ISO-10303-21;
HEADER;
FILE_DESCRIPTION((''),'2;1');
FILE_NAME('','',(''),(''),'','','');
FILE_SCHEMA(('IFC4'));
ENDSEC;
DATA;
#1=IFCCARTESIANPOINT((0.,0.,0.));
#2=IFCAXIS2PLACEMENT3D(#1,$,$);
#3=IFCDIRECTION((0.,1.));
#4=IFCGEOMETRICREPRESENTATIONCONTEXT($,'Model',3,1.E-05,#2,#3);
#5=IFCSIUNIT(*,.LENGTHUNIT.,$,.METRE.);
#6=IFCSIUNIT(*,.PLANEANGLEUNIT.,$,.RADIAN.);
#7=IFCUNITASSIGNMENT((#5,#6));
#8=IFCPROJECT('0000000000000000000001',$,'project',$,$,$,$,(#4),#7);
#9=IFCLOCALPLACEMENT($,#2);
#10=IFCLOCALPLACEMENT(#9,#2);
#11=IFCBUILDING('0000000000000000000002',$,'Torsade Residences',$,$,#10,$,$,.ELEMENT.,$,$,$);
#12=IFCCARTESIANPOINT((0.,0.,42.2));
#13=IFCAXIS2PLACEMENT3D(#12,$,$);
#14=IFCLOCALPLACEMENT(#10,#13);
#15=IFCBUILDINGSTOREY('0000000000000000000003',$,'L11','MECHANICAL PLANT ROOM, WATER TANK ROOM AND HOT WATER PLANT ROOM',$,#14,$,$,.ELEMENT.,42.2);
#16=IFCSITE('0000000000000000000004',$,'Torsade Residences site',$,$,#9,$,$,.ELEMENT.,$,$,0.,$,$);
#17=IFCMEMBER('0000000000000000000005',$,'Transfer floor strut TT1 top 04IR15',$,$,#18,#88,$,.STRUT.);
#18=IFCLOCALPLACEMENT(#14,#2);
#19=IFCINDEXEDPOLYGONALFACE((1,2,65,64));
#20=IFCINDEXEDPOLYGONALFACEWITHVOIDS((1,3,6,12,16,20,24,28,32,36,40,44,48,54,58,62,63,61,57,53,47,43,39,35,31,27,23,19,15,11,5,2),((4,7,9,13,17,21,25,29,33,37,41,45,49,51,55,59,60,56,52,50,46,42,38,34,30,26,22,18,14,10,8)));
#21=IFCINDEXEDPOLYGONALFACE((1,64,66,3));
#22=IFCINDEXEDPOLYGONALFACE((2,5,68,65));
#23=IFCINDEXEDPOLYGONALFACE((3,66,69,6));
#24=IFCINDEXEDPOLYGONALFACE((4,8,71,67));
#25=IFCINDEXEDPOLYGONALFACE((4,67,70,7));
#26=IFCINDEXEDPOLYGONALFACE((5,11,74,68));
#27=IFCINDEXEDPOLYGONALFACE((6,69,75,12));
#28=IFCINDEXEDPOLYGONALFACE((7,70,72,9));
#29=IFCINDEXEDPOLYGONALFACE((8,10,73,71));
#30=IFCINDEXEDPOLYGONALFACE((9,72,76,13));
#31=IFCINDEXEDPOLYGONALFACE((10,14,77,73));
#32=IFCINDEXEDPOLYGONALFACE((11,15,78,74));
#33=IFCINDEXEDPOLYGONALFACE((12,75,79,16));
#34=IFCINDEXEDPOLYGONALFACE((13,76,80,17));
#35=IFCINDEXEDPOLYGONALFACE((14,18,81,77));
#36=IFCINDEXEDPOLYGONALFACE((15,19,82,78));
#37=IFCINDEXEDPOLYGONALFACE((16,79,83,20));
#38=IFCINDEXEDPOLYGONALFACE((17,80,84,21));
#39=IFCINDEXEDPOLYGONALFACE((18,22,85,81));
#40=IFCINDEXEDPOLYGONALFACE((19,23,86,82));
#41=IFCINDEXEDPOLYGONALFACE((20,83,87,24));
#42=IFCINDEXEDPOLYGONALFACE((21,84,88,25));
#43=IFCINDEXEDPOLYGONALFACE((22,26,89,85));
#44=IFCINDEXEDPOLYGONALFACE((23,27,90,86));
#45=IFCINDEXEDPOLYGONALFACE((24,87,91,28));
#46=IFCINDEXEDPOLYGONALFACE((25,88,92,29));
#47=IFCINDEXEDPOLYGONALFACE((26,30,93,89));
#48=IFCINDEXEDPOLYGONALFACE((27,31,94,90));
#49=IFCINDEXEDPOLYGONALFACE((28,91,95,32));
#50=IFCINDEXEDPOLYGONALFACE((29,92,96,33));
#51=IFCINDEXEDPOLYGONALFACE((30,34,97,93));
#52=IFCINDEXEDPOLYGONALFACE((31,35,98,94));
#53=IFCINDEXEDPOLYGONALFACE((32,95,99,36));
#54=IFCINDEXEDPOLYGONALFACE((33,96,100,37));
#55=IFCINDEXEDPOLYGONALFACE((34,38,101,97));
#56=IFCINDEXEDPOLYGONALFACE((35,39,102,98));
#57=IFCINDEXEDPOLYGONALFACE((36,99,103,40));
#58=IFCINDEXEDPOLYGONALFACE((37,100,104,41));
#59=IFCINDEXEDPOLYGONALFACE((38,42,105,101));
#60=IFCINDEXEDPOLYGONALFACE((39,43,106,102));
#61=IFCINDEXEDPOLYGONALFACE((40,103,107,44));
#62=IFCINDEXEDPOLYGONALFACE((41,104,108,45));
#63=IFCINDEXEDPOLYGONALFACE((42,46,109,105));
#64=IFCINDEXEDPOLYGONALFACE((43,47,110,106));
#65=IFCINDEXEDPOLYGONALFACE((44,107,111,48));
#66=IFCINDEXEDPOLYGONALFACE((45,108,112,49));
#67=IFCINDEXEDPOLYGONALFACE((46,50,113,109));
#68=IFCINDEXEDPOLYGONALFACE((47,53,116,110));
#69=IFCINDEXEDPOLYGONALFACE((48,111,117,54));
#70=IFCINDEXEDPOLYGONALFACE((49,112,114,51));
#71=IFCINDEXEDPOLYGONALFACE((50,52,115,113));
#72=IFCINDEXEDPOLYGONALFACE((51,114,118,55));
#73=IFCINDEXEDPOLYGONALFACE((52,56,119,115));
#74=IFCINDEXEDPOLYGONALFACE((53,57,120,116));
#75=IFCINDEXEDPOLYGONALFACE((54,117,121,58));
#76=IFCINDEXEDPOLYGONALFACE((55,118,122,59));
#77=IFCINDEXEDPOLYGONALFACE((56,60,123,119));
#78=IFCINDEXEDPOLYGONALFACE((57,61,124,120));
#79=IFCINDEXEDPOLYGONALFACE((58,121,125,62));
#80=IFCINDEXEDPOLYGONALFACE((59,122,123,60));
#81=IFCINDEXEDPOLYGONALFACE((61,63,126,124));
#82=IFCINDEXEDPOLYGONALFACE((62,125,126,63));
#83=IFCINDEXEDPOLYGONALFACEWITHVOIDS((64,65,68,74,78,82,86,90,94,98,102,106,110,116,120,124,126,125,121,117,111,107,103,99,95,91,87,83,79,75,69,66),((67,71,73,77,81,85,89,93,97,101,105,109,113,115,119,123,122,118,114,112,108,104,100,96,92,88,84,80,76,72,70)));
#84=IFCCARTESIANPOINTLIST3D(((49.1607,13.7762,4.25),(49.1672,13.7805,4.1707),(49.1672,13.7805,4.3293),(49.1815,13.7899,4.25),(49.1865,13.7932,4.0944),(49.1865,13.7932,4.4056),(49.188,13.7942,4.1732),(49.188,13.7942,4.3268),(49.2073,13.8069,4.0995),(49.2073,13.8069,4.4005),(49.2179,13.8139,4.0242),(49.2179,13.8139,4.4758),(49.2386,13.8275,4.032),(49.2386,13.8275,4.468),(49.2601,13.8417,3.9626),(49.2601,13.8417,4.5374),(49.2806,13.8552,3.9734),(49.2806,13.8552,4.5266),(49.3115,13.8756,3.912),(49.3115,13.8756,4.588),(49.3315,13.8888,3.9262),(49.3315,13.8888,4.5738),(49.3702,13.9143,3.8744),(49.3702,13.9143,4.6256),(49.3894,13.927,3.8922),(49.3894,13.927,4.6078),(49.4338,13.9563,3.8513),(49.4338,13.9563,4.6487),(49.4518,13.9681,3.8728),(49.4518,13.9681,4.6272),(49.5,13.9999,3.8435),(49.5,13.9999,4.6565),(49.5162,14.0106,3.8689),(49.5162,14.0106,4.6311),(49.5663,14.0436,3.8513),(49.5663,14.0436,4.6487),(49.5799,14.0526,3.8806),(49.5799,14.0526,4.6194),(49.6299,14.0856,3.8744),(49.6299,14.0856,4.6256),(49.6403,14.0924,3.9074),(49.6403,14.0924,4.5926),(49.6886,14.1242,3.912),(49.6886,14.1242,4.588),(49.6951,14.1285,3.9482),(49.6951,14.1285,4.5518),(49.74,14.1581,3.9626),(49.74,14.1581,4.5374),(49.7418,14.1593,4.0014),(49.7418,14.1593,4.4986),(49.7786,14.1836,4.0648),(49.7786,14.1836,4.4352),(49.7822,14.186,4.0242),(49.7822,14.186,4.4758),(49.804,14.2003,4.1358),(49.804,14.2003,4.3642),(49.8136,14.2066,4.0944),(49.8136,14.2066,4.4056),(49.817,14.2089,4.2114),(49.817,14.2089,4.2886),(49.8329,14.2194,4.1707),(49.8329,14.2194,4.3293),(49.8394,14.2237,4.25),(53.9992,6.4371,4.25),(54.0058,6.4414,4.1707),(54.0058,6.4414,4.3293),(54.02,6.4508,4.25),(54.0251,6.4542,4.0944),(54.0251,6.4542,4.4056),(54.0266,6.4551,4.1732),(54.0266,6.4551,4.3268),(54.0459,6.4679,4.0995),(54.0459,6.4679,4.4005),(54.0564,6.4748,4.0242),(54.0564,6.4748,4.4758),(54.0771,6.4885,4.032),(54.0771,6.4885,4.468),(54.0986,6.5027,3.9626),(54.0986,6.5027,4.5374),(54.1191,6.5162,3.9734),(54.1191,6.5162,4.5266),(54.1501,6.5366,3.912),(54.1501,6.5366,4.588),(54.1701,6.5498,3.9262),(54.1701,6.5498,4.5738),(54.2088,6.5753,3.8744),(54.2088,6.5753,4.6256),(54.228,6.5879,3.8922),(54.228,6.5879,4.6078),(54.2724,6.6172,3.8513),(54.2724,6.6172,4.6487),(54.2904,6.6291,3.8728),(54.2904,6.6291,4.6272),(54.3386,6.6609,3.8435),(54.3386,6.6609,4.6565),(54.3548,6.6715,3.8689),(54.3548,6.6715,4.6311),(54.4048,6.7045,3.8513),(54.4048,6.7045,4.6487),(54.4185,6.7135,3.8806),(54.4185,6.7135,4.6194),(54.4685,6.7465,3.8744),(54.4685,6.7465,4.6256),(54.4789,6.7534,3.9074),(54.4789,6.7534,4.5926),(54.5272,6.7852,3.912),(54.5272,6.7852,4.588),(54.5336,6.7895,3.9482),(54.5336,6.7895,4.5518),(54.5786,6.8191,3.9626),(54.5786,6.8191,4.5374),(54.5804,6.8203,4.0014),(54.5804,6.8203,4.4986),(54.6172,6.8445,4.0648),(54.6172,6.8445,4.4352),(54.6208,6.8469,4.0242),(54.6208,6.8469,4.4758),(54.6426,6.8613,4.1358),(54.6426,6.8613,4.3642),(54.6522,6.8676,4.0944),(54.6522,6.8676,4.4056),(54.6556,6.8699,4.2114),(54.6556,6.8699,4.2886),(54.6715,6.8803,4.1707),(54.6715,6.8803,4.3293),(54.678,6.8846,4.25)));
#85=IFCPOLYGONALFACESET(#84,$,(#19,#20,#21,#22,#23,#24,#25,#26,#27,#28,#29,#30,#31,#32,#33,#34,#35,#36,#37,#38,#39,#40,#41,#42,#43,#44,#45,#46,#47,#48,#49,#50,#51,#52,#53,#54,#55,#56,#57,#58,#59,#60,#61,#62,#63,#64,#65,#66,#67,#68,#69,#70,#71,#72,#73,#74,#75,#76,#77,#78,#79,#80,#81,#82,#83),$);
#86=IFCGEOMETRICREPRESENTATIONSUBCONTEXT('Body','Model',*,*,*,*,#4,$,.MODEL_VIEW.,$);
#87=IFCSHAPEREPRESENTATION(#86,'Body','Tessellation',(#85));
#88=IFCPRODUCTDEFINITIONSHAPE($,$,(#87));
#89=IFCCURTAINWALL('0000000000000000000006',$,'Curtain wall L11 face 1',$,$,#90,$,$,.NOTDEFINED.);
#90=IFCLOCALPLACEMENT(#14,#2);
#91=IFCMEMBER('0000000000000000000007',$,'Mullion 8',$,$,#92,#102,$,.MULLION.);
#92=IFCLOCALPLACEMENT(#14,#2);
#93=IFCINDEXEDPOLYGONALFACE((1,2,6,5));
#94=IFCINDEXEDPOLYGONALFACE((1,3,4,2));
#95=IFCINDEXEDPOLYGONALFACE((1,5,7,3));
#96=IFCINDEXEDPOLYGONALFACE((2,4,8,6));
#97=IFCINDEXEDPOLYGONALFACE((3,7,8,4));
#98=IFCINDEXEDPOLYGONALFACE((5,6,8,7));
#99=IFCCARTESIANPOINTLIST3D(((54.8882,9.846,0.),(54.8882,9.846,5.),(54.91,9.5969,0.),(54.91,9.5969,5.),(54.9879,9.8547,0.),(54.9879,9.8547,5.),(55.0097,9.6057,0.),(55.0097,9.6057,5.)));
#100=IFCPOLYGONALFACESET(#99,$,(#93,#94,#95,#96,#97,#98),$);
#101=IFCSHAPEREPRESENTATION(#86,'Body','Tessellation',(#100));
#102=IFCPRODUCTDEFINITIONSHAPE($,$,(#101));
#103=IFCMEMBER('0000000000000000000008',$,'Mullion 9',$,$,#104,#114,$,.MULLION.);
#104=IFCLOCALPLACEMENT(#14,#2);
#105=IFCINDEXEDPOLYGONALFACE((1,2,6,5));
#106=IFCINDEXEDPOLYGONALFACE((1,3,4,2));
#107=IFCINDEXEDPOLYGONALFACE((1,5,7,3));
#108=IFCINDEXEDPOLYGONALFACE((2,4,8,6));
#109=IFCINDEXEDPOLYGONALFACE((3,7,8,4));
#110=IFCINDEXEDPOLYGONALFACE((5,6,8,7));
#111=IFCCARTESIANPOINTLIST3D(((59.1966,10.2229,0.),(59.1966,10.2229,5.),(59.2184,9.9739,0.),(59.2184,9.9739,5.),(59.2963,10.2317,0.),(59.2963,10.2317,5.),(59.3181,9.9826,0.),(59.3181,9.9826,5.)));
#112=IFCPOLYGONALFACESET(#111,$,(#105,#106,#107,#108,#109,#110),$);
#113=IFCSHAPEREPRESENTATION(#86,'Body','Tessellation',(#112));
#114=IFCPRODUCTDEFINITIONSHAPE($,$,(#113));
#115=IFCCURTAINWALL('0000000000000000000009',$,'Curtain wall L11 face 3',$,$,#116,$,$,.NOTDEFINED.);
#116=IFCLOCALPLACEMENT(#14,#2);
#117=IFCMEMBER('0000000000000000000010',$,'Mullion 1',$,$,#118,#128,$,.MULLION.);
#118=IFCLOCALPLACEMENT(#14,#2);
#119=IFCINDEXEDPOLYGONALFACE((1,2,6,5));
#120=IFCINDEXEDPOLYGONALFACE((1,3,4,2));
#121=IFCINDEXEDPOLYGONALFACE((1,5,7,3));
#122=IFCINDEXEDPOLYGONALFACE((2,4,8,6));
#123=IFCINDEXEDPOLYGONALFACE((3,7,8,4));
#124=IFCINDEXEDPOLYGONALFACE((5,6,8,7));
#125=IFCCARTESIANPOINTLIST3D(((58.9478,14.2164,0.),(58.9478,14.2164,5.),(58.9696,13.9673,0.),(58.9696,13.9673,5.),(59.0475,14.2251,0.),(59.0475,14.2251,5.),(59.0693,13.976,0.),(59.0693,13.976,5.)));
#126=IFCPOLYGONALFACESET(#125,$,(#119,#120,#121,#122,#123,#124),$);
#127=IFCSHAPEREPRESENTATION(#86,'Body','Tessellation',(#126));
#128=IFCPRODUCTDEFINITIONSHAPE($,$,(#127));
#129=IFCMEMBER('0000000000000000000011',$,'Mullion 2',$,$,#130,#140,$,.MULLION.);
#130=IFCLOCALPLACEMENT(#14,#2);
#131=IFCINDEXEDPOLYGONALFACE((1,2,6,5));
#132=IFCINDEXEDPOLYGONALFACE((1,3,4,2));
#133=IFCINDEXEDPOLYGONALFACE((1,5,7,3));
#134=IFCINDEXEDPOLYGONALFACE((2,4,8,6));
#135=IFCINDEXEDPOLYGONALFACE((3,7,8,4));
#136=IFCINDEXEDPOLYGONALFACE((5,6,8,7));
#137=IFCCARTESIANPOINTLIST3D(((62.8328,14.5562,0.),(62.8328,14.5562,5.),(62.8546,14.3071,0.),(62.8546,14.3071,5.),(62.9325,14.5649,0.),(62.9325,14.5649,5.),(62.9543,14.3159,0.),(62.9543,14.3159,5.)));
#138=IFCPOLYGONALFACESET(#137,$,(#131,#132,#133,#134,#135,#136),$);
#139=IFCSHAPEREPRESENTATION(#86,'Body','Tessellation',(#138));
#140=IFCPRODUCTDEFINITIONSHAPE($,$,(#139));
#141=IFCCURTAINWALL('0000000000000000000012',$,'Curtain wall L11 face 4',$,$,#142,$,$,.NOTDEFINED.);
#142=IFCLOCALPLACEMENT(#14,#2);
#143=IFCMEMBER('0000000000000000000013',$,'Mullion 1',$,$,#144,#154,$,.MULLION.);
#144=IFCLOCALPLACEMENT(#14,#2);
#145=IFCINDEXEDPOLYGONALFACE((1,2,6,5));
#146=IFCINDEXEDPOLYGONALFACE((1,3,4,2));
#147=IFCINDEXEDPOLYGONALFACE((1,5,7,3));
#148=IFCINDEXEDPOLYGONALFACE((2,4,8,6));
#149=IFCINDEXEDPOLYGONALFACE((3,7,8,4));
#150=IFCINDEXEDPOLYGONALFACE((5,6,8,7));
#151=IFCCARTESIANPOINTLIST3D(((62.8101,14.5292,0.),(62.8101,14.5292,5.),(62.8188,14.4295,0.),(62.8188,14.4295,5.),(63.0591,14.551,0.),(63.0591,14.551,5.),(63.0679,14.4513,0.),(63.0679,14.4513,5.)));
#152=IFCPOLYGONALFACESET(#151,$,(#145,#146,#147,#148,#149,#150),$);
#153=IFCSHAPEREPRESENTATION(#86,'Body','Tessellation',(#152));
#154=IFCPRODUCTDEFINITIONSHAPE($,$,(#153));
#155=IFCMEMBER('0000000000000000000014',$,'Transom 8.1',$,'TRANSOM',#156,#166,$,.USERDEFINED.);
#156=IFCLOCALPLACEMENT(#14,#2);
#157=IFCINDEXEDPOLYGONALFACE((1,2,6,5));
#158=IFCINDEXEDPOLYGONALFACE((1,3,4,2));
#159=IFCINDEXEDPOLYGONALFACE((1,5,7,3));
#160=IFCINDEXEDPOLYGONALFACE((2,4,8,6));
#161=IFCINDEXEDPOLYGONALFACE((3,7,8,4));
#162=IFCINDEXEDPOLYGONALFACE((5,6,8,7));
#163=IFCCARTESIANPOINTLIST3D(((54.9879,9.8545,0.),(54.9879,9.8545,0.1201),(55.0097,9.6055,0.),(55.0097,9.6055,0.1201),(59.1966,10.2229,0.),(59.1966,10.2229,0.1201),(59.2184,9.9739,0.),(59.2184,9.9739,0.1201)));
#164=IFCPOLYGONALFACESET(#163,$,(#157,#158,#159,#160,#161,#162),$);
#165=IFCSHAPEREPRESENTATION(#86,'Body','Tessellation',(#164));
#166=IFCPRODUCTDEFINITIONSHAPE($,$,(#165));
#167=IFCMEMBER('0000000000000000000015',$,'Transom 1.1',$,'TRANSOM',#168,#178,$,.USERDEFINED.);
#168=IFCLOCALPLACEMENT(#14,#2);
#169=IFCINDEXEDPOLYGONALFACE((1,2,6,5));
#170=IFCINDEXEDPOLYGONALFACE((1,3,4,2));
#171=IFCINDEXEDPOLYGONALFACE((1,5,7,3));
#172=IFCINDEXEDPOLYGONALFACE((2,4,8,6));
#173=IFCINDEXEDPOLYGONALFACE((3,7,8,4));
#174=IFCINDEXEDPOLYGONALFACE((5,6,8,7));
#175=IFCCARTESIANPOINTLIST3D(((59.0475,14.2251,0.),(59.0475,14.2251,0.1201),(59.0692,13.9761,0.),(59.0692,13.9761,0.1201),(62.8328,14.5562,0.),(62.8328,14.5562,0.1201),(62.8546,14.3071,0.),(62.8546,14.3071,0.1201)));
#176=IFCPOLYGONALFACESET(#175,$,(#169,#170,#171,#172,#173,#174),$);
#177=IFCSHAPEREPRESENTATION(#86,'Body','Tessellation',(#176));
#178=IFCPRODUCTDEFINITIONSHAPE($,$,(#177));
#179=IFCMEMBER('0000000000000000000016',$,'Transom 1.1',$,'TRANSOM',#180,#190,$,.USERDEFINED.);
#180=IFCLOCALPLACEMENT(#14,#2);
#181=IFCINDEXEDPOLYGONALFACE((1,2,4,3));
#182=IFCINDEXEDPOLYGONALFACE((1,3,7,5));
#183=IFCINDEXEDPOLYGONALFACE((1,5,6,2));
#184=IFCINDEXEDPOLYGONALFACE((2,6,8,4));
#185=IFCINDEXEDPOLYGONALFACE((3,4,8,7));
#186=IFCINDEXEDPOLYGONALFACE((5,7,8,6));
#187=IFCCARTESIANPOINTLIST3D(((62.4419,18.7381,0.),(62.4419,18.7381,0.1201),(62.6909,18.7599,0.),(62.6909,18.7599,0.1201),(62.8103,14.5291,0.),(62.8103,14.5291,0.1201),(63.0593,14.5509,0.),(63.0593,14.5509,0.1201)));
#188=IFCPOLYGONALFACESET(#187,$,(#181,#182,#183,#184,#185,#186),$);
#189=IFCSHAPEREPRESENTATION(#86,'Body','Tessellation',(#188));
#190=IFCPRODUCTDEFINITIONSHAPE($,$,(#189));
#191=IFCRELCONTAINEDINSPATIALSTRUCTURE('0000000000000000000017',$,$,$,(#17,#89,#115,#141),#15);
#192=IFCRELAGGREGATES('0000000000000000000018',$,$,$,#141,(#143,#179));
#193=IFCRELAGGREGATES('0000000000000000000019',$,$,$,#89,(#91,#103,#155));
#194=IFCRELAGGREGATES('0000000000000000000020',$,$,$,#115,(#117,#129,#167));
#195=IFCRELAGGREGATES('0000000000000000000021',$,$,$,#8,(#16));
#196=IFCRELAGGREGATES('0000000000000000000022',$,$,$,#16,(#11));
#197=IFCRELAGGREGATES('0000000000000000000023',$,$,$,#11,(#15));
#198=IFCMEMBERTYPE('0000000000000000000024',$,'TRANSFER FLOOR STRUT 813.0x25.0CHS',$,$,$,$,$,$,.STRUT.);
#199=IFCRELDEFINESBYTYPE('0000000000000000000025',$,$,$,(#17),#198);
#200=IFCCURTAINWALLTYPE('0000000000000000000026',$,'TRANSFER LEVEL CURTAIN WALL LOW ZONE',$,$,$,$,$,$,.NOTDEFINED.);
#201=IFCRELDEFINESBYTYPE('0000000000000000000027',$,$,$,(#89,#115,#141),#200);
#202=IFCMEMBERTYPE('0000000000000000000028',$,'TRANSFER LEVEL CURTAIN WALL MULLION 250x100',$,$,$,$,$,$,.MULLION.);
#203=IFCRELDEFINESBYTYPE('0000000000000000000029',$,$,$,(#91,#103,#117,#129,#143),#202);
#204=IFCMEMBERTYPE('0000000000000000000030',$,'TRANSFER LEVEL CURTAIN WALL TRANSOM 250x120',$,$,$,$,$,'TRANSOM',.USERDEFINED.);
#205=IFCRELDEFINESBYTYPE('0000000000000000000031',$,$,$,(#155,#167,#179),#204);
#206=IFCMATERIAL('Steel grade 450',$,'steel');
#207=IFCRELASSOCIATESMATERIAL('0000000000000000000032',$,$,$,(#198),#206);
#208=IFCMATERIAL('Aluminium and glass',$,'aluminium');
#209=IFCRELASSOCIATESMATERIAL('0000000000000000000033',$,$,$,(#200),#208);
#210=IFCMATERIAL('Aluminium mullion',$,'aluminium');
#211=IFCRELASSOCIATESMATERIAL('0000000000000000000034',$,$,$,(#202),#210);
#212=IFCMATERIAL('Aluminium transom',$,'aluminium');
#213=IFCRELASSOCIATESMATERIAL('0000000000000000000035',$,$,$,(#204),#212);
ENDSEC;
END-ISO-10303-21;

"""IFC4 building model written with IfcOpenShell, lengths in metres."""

from ifc_helpers import new_model, si_unit, direction, frame, origin, origin_2d, place, context, subcontext, project, spatial, rectangle, hollow_circle, extrude, material, material_profile, profile_set, type_object, element, aggregate, save


model = new_model("IFC4")

# Units and contexts
model_context = context("Model", 3, precision=1e-05, world=origin(), true_north=direction((0.0, 1.0)))
body_context = subcontext(model_context, "Body", "Model", "MODEL_VIEW")
ifc_project = project(units=[si_unit("LENGTHUNIT", "METRE"), si_unit("PLANEANGLEUNIT", "RADIAN")], contexts=[model_context])

# Site, building, storey
site_placement = place(None, origin())
site = spatial("IfcSite", under=ifc_project, at=site_placement, Name="Torsade Residences site", CompositionType="ELEMENT", RefElevation=0.0)
building_placement = place(site_placement, origin())
building = spatial("IfcBuilding", under=site, at=building_placement, Name="Torsade Residences", CompositionType="ELEMENT")
storey_placement = place(building_placement, frame((0.0, 0.0, 42.2)))
storey = spatial("IfcBuildingStorey", under=building, at=storey_placement, Name="L11", Description="MECHANICAL PLANT ROOM, WATER TANK ROOM AND HOT WATER PLANT ROOM", CompositionType="ELEMENT", Elevation=42.2)

# Member
ifc_material_1 = material(Name="Steel grade 450", Category="steel")
ifc_material_profile_1 = material_profile(ifc_material_1, hollow_circle(Radius=0.4065, WallThickness=0.0249, at=origin_2d()), Name="813.0x25.0CHS")
ifc_profile_set_1 = profile_set([ifc_material_profile_1], Name="Steel grade 450")
member_type_1 = type_object("IfcMemberType", Name="TRANSFER FLOOR STRUT 813.0x25.0CHS", PredefinedType="STRUT", material=ifc_profile_set_1)
member_1_placement = place(storey_placement, frame((54.3386, 6.6609, 4.25), z_axis=(-0.550431, 0.834881, 0.0), x_axis=(-0.834881, -0.550431, 0.0)))
element("IfcMember", 1, at=member_1_placement, inside=storey, type_object=member_type_1, Name="Transfer floor strut TT1 top 04IR15", PredefinedType="STRUT", context=body_context, shape_type="SweptSolid", body=[
    extrude(hollow_circle(Radius=0.4065, WallThickness=0.0249, at=origin_2d()), origin(), (0.0, 0.0, 1.0), 8.7905),
])

# Curtain walls, members
ifc_material_2 = material(Name="Aluminium and glass", Category="aluminium")
curtain_wall_type = type_object("IfcCurtainWallType", Name="TRANSFER LEVEL CURTAIN WALL LOW ZONE", PredefinedType="NOTDEFINED", material=ifc_material_2)
curtain_wall_1_placement = place(storey_placement, origin())
curtain_wall_1 = element("IfcCurtainWall", 2, at=curtain_wall_1_placement, inside=storey, type_object=curtain_wall_type, Name="Curtain wall L11 face 1", PredefinedType="NOTDEFINED")
ifc_material_3 = material(Name="Aluminium mullion", Category="aluminium")
ifc_material_profile_2 = material_profile(ifc_material_3, rectangle(XDim=0.25, YDim=0.1001, at=origin_2d()), Name="TRANSFER LEVEL CURTAIN WALL MULLION 250x100")
ifc_profile_set_2 = profile_set([ifc_material_profile_2], Name="Aluminium mullion")
member_type_2 = type_object("IfcMemberType", Name="TRANSFER LEVEL CURTAIN WALL MULLION 250x100", PredefinedType="MULLION", material=ifc_profile_set_2)
member_2_placement = place(storey_placement, frame((54.949, 9.7258, 0.0), z_axis=(0.0, 0.0, 1.0), x_axis=(-0.087156, 0.996195, 0.0)))
member_2 = element("IfcMember", 3, at=member_2_placement, type_object=member_type_2, Name="Mullion 8", PredefinedType="MULLION", context=body_context, shape_type="SweptSolid", body=[
    extrude(rectangle(XDim=0.25, YDim=0.1001, at=origin_2d()), origin(), (0.0, 0.0, 1.0), 5.0),
])
member_3_placement = place(storey_placement, frame((59.2573, 10.1028, 0.0), z_axis=(0.0, 0.0, 1.0), x_axis=(-0.087156, 0.996195, 0.0)))
member_3 = element("IfcMember", 4, at=member_3_placement, type_object=member_type_2, Name="Mullion 9", PredefinedType="MULLION", context=body_context, shape_type="SweptSolid", body=[
    extrude(rectangle(XDim=0.25, YDim=0.1001, at=origin_2d()), origin(), (0.0, 0.0, 1.0), 5.0),
])
curtain_wall_2_placement = place(storey_placement, origin())
curtain_wall_2 = element("IfcCurtainWall", 5, at=curtain_wall_2_placement, inside=storey, type_object=curtain_wall_type, Name="Curtain wall L11 face 3", PredefinedType="NOTDEFINED")
member_4_placement = place(storey_placement, frame((59.0085, 14.0962, 0.0), z_axis=(0.0, 0.0, 1.0), x_axis=(-0.087156, 0.996195, 0.0)))
member_4 = element("IfcMember", 6, at=member_4_placement, type_object=member_type_2, Name="Mullion 1", PredefinedType="MULLION", context=body_context, shape_type="SweptSolid", body=[
    extrude(rectangle(XDim=0.25, YDim=0.1001, at=origin_2d()), origin(), (0.0, 0.0, 1.0), 5.0),
])
member_5_placement = place(storey_placement, frame((62.8936, 14.436, 0.0), z_axis=(0.0, 0.0, 1.0), x_axis=(-0.087156, 0.996195, 0.0)))
member_5 = element("IfcMember", 7, at=member_5_placement, type_object=member_type_2, Name="Mullion 2", PredefinedType="MULLION", context=body_context, shape_type="SweptSolid", body=[
    extrude(rectangle(XDim=0.25, YDim=0.1001, at=origin_2d()), origin(), (0.0, 0.0, 1.0), 5.0),
])

# Curtain wall, member
curtain_wall_3_placement = place(storey_placement, origin())
curtain_wall_3 = element("IfcCurtainWall", 8, at=curtain_wall_3_placement, inside=storey, type_object=curtain_wall_type, Name="Curtain wall L11 face 4", PredefinedType="NOTDEFINED")
member_6_placement = place(storey_placement, frame((62.939, 14.4902, 0.0), z_axis=(0.0, 0.0, 1.0), x_axis=(-0.996195, -0.087156, 0.0)))
member_6 = element("IfcMember", 9, at=member_6_placement, type_object=member_type_2, Name="Mullion 1", PredefinedType="MULLION", context=body_context, shape_type="SweptSolid", body=[
    extrude(rectangle(XDim=0.25, YDim=0.1001, at=origin_2d()), origin(), (0.0, 0.0, 1.0), 5.0),
])

# Members
ifc_material_4 = material(Name="Aluminium transom", Category="aluminium")
ifc_material_profile_3 = material_profile(ifc_material_4, rectangle(XDim=0.25, YDim=0.1201, at=origin_2d()), Name="TRANSFER LEVEL CURTAIN WALL TRANSOM 250x120")
ifc_profile_set_3 = profile_set([ifc_material_profile_3], Name="Aluminium transom")
member_type_3 = type_object("IfcMemberType", Name="TRANSFER LEVEL CURTAIN WALL TRANSOM 250x120", ElementType="TRANSOM", PredefinedType="USERDEFINED", material=ifc_profile_set_3)
member_7_placement = place(storey_placement, frame((54.9988, 9.73, 0.0601), z_axis=(0.996191, 0.087201, 0.0), x_axis=(-0.087201, 0.996191, 0.0)))
member_7 = element("IfcMember", 10, at=member_7_placement, type_object=member_type_3, Name="Transom 8.1", ObjectType="TRANSOM", PredefinedType="USERDEFINED", context=body_context, shape_type="SweptSolid", body=[
    extrude(rectangle(XDim=0.25, YDim=0.1201, at=origin_2d()), origin(), (0.0, 0.0, 1.0), 4.2249),
])
member_8_placement = place(storey_placement, frame((59.0583, 14.1006, 0.0601), z_axis=(0.996198, 0.087123, 0.0), x_axis=(-0.087123, 0.996198, 0.0)))
member_8 = element("IfcMember", 11, at=member_8_placement, type_object=member_type_3, Name="Transom 1.1", ObjectType="TRANSOM", PredefinedType="USERDEFINED", context=body_context, shape_type="SweptSolid", body=[
    extrude(rectangle(XDim=0.25, YDim=0.1201, at=origin_2d()), origin(), (0.0, 0.0, 1.0), 3.7998),
])
member_9_placement = place(storey_placement, frame((62.9348, 14.54, 0.0601), z_axis=(-0.087196, 0.996191, 0.0), x_axis=(-0.996191, -0.087196, 0.0)))
member_9 = element("IfcMember", 12, at=member_9_placement, type_object=member_type_3, Name="Transom 1.1", ObjectType="TRANSOM", PredefinedType="USERDEFINED", context=body_context, shape_type="SweptSolid", body=[
    extrude(rectangle(XDim=0.25, YDim=0.1201, at=origin_2d()), origin(), (0.0, 0.0, 1.0), 4.2251),
])
aggregate(curtain_wall_3, [member_6, member_9])

aggregate(curtain_wall_1, [member_2, member_3, member_7])
aggregate(curtain_wall_2, [member_4, member_5, member_8])

save(model, "model.ifc")
